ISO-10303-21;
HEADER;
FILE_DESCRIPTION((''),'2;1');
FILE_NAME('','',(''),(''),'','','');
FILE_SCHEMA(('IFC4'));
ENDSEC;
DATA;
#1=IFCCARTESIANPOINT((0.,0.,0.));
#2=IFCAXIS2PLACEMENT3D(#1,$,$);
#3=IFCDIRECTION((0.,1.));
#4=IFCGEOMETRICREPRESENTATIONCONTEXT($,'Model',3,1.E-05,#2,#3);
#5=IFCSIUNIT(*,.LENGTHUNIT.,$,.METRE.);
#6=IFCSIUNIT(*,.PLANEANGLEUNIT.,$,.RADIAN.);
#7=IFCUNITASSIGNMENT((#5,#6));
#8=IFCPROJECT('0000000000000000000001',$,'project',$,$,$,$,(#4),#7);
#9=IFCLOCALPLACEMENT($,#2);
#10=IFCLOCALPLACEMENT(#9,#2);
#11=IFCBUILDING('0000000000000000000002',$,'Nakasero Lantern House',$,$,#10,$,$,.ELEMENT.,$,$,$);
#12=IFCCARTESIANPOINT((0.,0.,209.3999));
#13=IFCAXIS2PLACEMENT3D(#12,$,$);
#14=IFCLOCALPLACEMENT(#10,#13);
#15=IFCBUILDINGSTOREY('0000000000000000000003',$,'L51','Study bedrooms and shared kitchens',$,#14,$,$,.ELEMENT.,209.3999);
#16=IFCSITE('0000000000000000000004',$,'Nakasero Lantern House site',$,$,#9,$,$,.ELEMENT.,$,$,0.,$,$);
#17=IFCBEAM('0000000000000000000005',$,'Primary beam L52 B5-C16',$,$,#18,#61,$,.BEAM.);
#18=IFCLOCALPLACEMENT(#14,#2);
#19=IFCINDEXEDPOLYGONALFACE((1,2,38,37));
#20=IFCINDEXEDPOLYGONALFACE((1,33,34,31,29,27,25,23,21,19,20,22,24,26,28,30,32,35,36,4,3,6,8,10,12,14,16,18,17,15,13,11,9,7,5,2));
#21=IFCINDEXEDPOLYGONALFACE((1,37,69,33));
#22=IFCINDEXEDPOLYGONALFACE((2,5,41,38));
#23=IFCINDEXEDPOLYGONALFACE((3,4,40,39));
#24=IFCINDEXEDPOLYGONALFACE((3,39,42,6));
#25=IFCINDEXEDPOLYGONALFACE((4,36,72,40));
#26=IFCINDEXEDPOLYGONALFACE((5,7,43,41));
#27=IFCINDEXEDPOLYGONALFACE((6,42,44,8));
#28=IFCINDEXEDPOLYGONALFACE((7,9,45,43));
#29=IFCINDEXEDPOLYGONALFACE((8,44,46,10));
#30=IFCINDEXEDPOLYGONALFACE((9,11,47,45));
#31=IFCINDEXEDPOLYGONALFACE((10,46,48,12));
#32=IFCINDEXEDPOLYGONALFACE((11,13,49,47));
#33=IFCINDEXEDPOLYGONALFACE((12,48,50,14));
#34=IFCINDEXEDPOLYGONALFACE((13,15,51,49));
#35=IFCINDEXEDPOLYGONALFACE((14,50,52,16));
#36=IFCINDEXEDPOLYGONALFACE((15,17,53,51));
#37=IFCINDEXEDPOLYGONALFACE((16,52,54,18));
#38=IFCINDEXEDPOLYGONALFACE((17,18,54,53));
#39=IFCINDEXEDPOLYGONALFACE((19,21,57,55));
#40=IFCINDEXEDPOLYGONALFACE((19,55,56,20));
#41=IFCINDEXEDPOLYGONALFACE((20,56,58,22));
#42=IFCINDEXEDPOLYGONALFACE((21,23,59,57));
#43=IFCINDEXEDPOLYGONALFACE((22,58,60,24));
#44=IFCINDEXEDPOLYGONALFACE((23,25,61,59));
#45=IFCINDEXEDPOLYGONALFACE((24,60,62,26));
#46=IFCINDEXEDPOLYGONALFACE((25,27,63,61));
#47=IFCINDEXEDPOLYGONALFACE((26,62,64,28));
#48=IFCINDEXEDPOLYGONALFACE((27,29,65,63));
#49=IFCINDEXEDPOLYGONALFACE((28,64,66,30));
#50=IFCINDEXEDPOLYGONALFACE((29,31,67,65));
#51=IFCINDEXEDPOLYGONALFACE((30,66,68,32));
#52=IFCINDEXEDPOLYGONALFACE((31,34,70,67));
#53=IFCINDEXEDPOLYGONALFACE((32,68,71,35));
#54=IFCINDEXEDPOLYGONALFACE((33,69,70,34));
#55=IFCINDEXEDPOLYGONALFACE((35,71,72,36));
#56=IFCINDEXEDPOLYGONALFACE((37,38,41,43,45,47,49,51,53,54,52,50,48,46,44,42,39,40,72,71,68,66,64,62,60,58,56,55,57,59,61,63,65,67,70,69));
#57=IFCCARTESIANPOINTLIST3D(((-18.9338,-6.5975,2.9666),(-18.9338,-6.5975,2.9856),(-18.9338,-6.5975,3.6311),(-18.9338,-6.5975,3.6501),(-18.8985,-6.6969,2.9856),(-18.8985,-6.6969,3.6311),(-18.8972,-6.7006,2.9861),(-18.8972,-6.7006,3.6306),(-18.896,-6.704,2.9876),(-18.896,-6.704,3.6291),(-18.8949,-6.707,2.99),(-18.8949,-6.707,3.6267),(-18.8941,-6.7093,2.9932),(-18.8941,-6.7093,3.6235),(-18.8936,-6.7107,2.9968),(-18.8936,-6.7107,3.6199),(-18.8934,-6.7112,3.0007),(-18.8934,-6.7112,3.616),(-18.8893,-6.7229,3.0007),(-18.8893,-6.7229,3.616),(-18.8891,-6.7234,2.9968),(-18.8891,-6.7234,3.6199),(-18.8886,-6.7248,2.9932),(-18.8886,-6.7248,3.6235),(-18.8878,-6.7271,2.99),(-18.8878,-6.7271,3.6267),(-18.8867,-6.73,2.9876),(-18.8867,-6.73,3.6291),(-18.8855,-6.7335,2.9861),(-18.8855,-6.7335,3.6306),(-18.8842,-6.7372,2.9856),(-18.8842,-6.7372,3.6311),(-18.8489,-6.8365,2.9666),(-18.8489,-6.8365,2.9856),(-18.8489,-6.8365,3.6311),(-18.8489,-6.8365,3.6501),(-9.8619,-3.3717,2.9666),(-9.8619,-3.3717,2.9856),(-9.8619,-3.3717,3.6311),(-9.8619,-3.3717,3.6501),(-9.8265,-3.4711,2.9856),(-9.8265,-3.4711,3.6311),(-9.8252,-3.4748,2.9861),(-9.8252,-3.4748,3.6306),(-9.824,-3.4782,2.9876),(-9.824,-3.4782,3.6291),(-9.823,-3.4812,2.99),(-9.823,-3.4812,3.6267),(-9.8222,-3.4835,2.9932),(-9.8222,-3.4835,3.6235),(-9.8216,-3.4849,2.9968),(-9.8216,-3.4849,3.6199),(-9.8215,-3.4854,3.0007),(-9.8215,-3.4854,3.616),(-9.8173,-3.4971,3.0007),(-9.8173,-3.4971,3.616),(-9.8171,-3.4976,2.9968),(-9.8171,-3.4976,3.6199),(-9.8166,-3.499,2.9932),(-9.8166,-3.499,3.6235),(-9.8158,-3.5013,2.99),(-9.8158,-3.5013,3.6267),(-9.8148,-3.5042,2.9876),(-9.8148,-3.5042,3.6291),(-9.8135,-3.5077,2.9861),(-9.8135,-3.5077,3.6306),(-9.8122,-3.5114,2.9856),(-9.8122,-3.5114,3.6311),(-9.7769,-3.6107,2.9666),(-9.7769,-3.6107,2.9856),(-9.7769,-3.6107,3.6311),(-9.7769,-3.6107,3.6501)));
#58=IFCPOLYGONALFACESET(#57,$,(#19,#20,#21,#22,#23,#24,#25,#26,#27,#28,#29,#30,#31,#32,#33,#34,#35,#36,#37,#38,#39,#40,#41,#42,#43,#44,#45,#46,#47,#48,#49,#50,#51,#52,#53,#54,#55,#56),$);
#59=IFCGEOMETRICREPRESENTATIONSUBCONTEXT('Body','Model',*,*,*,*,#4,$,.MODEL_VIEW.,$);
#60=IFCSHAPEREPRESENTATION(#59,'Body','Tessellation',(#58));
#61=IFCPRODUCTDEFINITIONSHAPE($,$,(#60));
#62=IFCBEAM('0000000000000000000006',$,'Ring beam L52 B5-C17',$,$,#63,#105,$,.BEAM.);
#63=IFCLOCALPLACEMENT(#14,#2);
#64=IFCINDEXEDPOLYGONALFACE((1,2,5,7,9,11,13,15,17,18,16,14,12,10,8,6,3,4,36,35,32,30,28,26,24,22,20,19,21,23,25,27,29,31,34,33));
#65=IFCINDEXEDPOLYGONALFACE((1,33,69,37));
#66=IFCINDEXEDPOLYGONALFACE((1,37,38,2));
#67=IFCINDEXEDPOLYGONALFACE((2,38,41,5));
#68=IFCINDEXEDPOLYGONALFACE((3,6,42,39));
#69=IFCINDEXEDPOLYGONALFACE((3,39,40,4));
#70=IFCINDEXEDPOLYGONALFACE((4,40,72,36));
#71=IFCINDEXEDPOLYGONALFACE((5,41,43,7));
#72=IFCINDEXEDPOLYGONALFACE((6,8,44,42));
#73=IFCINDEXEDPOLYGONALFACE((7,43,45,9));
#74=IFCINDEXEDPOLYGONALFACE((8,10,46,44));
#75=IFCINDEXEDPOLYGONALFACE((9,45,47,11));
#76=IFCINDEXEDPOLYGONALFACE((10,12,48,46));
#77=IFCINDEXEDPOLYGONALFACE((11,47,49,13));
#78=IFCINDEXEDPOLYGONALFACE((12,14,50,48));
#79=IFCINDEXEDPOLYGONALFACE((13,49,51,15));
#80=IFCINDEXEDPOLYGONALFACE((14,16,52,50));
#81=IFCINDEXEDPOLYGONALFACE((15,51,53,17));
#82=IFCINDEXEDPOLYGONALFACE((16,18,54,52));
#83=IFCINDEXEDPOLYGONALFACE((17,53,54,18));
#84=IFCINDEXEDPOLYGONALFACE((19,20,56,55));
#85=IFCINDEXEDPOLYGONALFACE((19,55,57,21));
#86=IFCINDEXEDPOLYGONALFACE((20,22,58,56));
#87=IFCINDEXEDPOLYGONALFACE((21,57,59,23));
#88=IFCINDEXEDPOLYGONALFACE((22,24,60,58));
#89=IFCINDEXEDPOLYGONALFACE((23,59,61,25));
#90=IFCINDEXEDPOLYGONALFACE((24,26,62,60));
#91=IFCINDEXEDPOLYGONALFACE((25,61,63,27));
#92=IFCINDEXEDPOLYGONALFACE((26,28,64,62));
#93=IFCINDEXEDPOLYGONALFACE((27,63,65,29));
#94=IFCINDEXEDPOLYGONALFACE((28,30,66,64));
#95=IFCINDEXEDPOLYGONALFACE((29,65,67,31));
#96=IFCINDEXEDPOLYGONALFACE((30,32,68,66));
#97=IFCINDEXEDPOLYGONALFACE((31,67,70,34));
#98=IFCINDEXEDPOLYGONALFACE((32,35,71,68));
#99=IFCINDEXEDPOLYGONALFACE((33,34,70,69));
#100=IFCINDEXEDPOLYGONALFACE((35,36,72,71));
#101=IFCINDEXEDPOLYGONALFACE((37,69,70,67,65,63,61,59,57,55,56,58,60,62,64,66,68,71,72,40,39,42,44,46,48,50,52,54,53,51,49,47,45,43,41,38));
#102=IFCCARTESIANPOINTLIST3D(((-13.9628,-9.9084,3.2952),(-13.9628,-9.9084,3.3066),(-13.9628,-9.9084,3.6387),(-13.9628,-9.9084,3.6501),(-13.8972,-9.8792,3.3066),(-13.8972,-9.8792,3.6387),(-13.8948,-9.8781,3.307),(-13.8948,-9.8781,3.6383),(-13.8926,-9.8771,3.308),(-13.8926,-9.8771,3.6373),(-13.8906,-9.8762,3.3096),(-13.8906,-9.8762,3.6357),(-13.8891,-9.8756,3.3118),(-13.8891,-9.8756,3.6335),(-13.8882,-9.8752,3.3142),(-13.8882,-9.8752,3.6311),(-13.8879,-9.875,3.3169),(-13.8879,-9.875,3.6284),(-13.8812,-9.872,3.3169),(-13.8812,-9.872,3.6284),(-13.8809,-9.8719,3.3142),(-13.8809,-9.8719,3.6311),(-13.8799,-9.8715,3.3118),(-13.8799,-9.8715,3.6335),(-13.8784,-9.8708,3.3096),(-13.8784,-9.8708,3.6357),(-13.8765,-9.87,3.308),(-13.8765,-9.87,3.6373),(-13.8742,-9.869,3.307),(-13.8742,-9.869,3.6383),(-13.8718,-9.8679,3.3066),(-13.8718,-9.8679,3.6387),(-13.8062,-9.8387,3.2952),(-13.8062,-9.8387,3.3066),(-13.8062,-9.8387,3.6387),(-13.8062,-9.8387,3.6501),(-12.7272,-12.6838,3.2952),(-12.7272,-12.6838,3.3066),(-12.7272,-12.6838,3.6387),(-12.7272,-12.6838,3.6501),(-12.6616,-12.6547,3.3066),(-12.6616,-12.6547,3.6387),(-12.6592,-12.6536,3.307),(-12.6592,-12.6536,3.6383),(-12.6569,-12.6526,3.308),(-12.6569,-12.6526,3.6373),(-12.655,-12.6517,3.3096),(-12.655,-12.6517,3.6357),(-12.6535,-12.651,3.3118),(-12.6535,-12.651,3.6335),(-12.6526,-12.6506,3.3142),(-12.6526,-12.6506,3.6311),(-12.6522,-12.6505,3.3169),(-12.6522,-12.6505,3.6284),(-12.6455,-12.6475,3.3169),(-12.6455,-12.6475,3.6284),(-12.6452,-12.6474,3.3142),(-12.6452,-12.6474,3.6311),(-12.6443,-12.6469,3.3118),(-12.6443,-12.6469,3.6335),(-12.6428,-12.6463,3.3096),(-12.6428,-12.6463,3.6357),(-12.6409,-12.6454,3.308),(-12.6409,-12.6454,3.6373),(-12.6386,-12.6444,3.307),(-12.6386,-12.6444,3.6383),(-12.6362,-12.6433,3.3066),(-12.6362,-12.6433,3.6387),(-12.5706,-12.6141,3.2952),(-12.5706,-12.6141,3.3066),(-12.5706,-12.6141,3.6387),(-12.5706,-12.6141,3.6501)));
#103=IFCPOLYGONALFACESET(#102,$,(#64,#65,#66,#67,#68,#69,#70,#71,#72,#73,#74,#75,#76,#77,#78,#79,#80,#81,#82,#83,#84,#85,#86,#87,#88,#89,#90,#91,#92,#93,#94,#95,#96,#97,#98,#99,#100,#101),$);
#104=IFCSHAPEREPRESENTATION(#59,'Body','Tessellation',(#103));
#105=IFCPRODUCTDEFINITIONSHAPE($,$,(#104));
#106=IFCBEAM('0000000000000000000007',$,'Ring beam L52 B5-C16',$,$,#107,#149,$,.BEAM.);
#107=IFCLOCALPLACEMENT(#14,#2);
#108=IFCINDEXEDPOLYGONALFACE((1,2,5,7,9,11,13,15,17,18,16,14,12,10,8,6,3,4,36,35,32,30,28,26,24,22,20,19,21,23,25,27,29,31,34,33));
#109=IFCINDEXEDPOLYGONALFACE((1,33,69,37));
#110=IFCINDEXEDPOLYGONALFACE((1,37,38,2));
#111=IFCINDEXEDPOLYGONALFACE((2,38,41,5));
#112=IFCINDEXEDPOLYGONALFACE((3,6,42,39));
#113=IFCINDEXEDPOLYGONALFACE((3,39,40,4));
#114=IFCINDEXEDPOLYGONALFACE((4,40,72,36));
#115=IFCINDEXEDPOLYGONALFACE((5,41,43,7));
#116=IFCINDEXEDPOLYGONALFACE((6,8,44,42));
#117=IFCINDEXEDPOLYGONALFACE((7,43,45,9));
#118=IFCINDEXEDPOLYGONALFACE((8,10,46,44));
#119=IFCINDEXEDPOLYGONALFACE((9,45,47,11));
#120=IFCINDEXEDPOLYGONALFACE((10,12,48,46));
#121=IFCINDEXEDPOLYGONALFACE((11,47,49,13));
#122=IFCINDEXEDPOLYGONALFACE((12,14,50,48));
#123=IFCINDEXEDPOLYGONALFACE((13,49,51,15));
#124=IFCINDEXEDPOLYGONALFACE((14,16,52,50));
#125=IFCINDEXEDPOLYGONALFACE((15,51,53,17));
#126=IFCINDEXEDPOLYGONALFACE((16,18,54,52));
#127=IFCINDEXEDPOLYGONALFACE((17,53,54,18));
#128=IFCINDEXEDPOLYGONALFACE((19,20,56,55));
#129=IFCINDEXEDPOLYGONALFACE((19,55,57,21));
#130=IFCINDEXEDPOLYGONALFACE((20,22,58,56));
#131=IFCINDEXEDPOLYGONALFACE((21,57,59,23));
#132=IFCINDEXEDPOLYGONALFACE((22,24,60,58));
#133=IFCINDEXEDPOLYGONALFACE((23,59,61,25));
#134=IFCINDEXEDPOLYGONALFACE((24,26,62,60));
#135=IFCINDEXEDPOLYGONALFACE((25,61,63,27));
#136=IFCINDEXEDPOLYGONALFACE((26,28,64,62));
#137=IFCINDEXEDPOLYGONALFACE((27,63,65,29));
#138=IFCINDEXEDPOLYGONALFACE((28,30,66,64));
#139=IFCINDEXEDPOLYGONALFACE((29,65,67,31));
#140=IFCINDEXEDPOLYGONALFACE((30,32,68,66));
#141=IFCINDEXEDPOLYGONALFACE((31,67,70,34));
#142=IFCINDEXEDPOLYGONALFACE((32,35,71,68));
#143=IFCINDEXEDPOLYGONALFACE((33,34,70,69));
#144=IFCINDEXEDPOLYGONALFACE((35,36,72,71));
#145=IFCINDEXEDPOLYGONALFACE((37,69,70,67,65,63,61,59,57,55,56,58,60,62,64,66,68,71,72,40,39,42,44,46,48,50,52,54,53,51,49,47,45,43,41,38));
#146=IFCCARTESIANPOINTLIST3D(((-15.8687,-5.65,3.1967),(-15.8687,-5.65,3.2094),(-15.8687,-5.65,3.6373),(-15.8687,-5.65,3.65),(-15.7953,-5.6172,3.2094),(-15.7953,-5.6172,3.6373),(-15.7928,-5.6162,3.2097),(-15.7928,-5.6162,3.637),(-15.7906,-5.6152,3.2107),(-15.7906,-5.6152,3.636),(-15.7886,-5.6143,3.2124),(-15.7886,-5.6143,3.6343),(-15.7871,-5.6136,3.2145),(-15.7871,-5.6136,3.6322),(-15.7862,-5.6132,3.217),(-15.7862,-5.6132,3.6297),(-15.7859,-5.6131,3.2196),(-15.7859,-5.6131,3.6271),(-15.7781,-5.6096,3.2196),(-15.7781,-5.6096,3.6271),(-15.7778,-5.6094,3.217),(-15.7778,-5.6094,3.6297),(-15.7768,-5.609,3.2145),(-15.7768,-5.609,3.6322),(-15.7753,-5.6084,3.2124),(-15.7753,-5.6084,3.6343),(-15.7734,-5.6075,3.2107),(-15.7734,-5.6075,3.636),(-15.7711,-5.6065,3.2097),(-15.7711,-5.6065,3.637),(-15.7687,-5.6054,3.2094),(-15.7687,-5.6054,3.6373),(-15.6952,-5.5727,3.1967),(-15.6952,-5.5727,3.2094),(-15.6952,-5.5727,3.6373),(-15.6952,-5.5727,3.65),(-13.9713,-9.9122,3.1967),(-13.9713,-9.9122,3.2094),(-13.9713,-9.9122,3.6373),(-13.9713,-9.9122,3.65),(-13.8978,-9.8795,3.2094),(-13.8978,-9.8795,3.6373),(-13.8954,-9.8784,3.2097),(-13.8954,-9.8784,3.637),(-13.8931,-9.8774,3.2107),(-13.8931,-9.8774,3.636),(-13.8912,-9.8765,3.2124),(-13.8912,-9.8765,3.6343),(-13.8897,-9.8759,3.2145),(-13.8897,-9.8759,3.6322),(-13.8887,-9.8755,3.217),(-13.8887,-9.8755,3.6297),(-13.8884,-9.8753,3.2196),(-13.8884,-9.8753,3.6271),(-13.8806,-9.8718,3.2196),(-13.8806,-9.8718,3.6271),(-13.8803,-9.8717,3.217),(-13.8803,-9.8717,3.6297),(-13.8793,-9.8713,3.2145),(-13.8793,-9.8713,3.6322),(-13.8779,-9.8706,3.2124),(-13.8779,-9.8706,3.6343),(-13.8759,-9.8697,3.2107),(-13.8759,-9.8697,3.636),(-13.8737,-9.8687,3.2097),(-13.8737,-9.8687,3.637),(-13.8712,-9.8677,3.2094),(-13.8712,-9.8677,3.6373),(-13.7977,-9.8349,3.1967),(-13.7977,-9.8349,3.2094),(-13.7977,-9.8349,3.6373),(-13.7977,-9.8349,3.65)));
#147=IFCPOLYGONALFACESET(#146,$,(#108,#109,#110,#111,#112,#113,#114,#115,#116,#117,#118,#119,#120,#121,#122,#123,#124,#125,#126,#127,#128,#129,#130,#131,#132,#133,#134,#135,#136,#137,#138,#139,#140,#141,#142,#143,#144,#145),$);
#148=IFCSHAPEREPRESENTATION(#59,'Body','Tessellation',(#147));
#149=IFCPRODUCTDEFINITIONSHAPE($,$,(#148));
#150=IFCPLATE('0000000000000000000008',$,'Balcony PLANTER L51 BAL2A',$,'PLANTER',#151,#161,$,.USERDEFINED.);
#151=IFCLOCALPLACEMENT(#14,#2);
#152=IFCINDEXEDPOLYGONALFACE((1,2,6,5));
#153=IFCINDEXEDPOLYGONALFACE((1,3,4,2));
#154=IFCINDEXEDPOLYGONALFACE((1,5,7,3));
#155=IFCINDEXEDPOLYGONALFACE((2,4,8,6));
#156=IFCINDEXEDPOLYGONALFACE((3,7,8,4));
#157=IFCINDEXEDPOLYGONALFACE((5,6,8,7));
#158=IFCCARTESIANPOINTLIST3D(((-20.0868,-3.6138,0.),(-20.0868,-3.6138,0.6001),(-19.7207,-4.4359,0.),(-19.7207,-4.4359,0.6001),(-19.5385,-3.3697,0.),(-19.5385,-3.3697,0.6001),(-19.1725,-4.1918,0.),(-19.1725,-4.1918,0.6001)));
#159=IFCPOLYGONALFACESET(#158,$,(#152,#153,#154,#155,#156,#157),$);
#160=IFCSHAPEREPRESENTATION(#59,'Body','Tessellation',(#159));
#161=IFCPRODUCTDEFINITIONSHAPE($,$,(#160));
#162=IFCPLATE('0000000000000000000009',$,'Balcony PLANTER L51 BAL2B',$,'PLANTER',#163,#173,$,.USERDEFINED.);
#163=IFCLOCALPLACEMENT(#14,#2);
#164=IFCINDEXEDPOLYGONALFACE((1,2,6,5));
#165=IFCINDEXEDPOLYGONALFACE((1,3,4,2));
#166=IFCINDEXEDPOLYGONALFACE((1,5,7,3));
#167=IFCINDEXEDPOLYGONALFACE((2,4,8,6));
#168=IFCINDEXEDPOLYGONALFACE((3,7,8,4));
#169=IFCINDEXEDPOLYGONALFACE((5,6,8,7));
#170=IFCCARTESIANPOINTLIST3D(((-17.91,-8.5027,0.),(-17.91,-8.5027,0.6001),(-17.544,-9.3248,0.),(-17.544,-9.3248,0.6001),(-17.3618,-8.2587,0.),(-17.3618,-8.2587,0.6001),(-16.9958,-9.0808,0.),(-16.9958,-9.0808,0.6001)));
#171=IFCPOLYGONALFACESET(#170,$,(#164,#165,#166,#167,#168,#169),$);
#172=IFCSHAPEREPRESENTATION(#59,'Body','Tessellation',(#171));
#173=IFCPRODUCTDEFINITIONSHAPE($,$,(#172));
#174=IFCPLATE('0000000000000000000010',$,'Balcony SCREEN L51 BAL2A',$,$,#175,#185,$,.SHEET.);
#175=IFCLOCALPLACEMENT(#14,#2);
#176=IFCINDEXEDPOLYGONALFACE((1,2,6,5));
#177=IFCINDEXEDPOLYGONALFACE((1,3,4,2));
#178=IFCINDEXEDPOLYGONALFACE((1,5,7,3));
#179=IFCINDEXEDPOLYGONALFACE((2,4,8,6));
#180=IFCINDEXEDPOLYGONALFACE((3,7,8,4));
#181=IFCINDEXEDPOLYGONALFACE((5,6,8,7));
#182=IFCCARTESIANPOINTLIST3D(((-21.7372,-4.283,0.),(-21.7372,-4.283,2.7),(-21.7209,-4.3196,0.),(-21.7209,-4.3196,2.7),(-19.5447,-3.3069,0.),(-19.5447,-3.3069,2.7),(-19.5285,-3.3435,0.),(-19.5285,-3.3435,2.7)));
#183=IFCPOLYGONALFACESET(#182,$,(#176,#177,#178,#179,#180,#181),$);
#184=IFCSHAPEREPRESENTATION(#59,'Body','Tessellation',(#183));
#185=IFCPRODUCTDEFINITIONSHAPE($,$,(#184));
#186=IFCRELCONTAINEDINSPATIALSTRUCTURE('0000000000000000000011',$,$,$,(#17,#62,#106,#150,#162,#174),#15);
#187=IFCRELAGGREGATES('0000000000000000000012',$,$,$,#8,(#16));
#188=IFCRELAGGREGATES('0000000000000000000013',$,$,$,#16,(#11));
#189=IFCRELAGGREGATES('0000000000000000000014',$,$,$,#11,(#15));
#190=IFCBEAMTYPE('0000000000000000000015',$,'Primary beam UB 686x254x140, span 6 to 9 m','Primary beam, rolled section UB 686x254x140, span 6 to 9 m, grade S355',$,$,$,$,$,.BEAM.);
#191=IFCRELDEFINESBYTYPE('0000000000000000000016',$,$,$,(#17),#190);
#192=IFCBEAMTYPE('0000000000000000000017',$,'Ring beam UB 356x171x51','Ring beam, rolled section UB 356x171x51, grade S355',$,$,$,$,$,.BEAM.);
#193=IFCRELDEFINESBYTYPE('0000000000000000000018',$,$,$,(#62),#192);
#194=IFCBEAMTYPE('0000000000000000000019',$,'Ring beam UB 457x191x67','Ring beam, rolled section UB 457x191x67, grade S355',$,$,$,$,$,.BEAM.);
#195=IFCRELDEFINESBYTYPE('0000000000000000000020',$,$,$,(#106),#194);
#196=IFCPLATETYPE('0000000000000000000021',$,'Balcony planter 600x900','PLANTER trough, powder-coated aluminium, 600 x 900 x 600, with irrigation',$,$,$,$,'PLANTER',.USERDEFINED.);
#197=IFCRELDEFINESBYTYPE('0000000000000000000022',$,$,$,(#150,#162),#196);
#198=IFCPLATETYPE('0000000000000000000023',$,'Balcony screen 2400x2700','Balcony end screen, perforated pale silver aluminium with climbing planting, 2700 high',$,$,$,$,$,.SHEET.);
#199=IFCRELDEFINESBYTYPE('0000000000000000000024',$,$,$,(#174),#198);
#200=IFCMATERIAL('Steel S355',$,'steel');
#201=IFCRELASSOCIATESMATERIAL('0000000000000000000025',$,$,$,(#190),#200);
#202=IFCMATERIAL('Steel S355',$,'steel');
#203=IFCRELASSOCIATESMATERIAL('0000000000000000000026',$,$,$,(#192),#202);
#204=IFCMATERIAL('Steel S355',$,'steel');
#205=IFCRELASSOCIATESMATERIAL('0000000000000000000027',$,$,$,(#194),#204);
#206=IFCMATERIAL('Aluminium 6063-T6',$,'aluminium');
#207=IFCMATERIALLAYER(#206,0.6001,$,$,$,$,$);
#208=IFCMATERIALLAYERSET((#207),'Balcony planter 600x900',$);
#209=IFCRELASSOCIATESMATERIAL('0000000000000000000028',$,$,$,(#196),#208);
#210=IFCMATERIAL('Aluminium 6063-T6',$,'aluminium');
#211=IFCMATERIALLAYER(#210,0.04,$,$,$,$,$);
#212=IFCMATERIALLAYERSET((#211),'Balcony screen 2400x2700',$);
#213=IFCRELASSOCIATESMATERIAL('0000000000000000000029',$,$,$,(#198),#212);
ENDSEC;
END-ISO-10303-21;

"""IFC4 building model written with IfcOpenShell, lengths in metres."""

from ifc_helpers import new_model, si_unit, direction, frame, origin, origin_2d, place, context, subcontext, project, spatial, rectangle, i_section, extrude, material, layer, layer_set, material_profile, profile_set, type_object, element, save


model = new_model("IFC4")

# Units and contexts
model_context = context("Model", 3, precision=1e-05, world=origin(), true_north=direction((0.0, 1.0)))
body_context = subcontext(model_context, "Body", "Model", "MODEL_VIEW")
ifc_project = project(units=[si_unit("LENGTHUNIT", "METRE"), si_unit("PLANEANGLEUNIT", "RADIAN")], contexts=[model_context])

# Site, building, storey
site_placement = place(None, origin())
site = spatial("IfcSite", under=ifc_project, at=site_placement, Name="Nakasero Lantern House site", CompositionType="ELEMENT", RefElevation=0.0)
building_placement = place(site_placement, origin())
building = spatial("IfcBuilding", under=site, at=building_placement, Name="Nakasero Lantern House", CompositionType="ELEMENT")
storey_placement = place(building_placement, frame((0.0, 0.0, 209.3999)))
storey = spatial("IfcBuildingStorey", under=building, at=storey_placement, Name="L51", Description="Study bedrooms and shared kitchens", CompositionType="ELEMENT", Elevation=209.3999)

# Beams
ifc_material_1 = material(Name="Steel S355", Category="steel")
ifc_material_profile_1 = material_profile(ifc_material_1, i_section(OverallWidth=0.2537, OverallDepth=0.6836, WebThickness=0.0125, FlangeThickness=0.019, FilletRadius=0.0151, at=origin_2d()), Name="UB 686x254x140")
ifc_profile_set_1 = profile_set([ifc_material_profile_1], Name="Steel S355")
beam_type_1 = type_object("IfcBeamType", Name="Primary beam UB 686x254x140, span 6 to 9 m", Description="Primary beam, rolled section UB 686x254x140, span 6 to 9 m, grade S355", PredefinedType="BEAM", material=ifc_profile_set_1)
beam_1_placement = place(storey_placement, frame((-18.8914, -6.717, 3.3083), z_axis=(0.942207, 0.33503, 0.0), x_axis=(-0.33503, 0.942207, 0.0)))
element("IfcBeam", 1, at=beam_1_placement, inside=storey, type_object=beam_type_1, Name="Primary beam L52 B5-C16", PredefinedType="BEAM", context=body_context, shape_type="SweptSolid", body=[
    extrude(i_section(OverallWidth=0.2537, OverallDepth=0.6836, WebThickness=0.0125, FlangeThickness=0.019, FilletRadius=0.0151, at=origin_2d()), origin(), (0.0, 0.0, 1.0), 9.6284),
])
ifc_material_2 = material(Name="Steel S355", Category="steel")
ifc_material_profile_2 = material_profile(ifc_material_2, i_section(OverallWidth=0.1714, OverallDepth=0.355, WebThickness=0.0073, FlangeThickness=0.0115, FilletRadius=0.0103, at=origin_2d()), Name="UB 356x171x51")
ifc_profile_set_2 = profile_set([ifc_material_profile_2], Name="Steel S355")
beam_type_2 = type_object("IfcBeamType", Name="Ring beam UB 356x171x51", Description="Ring beam, rolled section UB 356x171x51, grade S355", PredefinedType="BEAM", material=ifc_profile_set_2)
beam_2_placement = place(storey_placement, frame((-13.8845, -9.8735, 3.4727), z_axis=(0.406713, -0.913556, 0.0), x_axis=(0.913556, 0.406713, 0.0)))
element("IfcBeam", 2, at=beam_2_placement, inside=storey, type_object=beam_type_2, Name="Ring beam L52 B5-C17", PredefinedType="BEAM", context=body_context, shape_type="SweptSolid", body=[
    extrude(i_section(OverallWidth=0.1714, OverallDepth=0.355, WebThickness=0.0073, FlangeThickness=0.0115, FilletRadius=0.0103, at=origin_2d()), origin(), (0.0, 0.0, 1.0), 3.0381),
])
ifc_material_3 = material(Name="Steel S355", Category="steel")
ifc_material_profile_3 = material_profile(ifc_material_3, i_section(OverallWidth=0.1899, OverallDepth=0.4534, WebThickness=0.0085, FlangeThickness=0.0127, FilletRadius=0.0103, at=origin_2d()), Name="UB 457x191x67")
ifc_profile_set_3 = profile_set([ifc_material_profile_3], Name="Steel S355")
beam_type_3 = type_object("IfcBeamType", Name="Ring beam UB 457x191x67", Description="Ring beam, rolled section UB 457x191x67, grade S355", PredefinedType="BEAM", material=ifc_profile_set_3)
beam_3_placement = place(storey_placement, frame((-15.782, -5.6113, 3.4233), z_axis=(0.406702, -0.913561, 0.0), x_axis=(0.913561, 0.406702, 0.0)))
element("IfcBeam", 3, at=beam_3_placement, inside=storey, type_object=beam_type_3, Name="Ring beam L52 B5-C16", PredefinedType="BEAM", context=body_context, shape_type="SweptSolid", body=[
    extrude(i_section(OverallWidth=0.1899, OverallDepth=0.4534, WebThickness=0.0085, FlangeThickness=0.0127, FilletRadius=0.0103, at=origin_2d()), origin(), (0.0, 0.0, 1.0), 4.6655),
])

# Plates
ifc_material_4 = material(Name="Aluminium 6063-T6", Category="aluminium")
ifc_layer_1 = layer(ifc_material_4, 0.6001)
ifc_layer_set_1 = layer_set([ifc_layer_1], Name="Balcony planter 600x900")
plate_type_1 = type_object("IfcPlateType", Name="Balcony planter 600x900", Description="PLANTER trough, powder-coated aluminium, 600 x 900 x 600, with irrigation", ElementType="PLANTER", PredefinedType="USERDEFINED", material=ifc_layer_set_1)
for number, where, z_axis, x_axis, name in (
    (4, (-19.6296, -3.9028, 0.0), (0.0, 0.0, 1.0), (-0.913545, -0.406737, 0.0), "Balcony PLANTER L51 BAL2A"),
    (5, (-17.4529, -8.7917, 0.0), (0.0, 0.0, 1.0), (-0.913545, -0.406737, 0.0), "Balcony PLANTER L51 BAL2B"),
):
    element("IfcPlate", number, at=place(storey_placement, frame(where, z_axis=z_axis, x_axis=x_axis)), inside=storey, type_object=plate_type_1, Name=name, ObjectType="PLANTER", PredefinedType="USERDEFINED", context=body_context, shape_type="SweptSolid", body=[
        extrude(rectangle(XDim=0.6001, YDim=0.8999, at=origin_2d()), origin(), (0.0, 0.0, 1.0), 0.6001),
    ])
ifc_material_5 = material(Name="Aluminium 6063-T6", Category="aluminium")
ifc_layer_2 = layer(ifc_material_5, 0.04)
ifc_layer_set_2 = layer_set([ifc_layer_2], Name="Balcony screen 2400x2700")
plate_type_2 = type_object("IfcPlateType", Name="Balcony screen 2400x2700", Description="Balcony end screen, perforated pale silver aluminium with climbing planting, 2700 high", PredefinedType="SHEET", material=ifc_layer_set_2)
for number, where, z_axis, x_axis, name in (
    (6, (-20.6328, -3.8132, 0.0), (0.0, 0.0, 1.0), (-0.913545, -0.406737, 0.0), "Balcony SCREEN L51 BAL2A"),
):
    element("IfcPlate", number, at=place(storey_placement, frame(where, z_axis=z_axis, x_axis=x_axis)), inside=storey, type_object=plate_type_2, Name=name, PredefinedType="SHEET", context=body_context, shape_type="SweptSolid", body=[
        extrude(rectangle(XDim=2.3999, YDim=0.04, at=origin_2d()), origin(), (0.0, 0.0, 1.0), 2.7),
    ])

save(model, "model.ifc")
